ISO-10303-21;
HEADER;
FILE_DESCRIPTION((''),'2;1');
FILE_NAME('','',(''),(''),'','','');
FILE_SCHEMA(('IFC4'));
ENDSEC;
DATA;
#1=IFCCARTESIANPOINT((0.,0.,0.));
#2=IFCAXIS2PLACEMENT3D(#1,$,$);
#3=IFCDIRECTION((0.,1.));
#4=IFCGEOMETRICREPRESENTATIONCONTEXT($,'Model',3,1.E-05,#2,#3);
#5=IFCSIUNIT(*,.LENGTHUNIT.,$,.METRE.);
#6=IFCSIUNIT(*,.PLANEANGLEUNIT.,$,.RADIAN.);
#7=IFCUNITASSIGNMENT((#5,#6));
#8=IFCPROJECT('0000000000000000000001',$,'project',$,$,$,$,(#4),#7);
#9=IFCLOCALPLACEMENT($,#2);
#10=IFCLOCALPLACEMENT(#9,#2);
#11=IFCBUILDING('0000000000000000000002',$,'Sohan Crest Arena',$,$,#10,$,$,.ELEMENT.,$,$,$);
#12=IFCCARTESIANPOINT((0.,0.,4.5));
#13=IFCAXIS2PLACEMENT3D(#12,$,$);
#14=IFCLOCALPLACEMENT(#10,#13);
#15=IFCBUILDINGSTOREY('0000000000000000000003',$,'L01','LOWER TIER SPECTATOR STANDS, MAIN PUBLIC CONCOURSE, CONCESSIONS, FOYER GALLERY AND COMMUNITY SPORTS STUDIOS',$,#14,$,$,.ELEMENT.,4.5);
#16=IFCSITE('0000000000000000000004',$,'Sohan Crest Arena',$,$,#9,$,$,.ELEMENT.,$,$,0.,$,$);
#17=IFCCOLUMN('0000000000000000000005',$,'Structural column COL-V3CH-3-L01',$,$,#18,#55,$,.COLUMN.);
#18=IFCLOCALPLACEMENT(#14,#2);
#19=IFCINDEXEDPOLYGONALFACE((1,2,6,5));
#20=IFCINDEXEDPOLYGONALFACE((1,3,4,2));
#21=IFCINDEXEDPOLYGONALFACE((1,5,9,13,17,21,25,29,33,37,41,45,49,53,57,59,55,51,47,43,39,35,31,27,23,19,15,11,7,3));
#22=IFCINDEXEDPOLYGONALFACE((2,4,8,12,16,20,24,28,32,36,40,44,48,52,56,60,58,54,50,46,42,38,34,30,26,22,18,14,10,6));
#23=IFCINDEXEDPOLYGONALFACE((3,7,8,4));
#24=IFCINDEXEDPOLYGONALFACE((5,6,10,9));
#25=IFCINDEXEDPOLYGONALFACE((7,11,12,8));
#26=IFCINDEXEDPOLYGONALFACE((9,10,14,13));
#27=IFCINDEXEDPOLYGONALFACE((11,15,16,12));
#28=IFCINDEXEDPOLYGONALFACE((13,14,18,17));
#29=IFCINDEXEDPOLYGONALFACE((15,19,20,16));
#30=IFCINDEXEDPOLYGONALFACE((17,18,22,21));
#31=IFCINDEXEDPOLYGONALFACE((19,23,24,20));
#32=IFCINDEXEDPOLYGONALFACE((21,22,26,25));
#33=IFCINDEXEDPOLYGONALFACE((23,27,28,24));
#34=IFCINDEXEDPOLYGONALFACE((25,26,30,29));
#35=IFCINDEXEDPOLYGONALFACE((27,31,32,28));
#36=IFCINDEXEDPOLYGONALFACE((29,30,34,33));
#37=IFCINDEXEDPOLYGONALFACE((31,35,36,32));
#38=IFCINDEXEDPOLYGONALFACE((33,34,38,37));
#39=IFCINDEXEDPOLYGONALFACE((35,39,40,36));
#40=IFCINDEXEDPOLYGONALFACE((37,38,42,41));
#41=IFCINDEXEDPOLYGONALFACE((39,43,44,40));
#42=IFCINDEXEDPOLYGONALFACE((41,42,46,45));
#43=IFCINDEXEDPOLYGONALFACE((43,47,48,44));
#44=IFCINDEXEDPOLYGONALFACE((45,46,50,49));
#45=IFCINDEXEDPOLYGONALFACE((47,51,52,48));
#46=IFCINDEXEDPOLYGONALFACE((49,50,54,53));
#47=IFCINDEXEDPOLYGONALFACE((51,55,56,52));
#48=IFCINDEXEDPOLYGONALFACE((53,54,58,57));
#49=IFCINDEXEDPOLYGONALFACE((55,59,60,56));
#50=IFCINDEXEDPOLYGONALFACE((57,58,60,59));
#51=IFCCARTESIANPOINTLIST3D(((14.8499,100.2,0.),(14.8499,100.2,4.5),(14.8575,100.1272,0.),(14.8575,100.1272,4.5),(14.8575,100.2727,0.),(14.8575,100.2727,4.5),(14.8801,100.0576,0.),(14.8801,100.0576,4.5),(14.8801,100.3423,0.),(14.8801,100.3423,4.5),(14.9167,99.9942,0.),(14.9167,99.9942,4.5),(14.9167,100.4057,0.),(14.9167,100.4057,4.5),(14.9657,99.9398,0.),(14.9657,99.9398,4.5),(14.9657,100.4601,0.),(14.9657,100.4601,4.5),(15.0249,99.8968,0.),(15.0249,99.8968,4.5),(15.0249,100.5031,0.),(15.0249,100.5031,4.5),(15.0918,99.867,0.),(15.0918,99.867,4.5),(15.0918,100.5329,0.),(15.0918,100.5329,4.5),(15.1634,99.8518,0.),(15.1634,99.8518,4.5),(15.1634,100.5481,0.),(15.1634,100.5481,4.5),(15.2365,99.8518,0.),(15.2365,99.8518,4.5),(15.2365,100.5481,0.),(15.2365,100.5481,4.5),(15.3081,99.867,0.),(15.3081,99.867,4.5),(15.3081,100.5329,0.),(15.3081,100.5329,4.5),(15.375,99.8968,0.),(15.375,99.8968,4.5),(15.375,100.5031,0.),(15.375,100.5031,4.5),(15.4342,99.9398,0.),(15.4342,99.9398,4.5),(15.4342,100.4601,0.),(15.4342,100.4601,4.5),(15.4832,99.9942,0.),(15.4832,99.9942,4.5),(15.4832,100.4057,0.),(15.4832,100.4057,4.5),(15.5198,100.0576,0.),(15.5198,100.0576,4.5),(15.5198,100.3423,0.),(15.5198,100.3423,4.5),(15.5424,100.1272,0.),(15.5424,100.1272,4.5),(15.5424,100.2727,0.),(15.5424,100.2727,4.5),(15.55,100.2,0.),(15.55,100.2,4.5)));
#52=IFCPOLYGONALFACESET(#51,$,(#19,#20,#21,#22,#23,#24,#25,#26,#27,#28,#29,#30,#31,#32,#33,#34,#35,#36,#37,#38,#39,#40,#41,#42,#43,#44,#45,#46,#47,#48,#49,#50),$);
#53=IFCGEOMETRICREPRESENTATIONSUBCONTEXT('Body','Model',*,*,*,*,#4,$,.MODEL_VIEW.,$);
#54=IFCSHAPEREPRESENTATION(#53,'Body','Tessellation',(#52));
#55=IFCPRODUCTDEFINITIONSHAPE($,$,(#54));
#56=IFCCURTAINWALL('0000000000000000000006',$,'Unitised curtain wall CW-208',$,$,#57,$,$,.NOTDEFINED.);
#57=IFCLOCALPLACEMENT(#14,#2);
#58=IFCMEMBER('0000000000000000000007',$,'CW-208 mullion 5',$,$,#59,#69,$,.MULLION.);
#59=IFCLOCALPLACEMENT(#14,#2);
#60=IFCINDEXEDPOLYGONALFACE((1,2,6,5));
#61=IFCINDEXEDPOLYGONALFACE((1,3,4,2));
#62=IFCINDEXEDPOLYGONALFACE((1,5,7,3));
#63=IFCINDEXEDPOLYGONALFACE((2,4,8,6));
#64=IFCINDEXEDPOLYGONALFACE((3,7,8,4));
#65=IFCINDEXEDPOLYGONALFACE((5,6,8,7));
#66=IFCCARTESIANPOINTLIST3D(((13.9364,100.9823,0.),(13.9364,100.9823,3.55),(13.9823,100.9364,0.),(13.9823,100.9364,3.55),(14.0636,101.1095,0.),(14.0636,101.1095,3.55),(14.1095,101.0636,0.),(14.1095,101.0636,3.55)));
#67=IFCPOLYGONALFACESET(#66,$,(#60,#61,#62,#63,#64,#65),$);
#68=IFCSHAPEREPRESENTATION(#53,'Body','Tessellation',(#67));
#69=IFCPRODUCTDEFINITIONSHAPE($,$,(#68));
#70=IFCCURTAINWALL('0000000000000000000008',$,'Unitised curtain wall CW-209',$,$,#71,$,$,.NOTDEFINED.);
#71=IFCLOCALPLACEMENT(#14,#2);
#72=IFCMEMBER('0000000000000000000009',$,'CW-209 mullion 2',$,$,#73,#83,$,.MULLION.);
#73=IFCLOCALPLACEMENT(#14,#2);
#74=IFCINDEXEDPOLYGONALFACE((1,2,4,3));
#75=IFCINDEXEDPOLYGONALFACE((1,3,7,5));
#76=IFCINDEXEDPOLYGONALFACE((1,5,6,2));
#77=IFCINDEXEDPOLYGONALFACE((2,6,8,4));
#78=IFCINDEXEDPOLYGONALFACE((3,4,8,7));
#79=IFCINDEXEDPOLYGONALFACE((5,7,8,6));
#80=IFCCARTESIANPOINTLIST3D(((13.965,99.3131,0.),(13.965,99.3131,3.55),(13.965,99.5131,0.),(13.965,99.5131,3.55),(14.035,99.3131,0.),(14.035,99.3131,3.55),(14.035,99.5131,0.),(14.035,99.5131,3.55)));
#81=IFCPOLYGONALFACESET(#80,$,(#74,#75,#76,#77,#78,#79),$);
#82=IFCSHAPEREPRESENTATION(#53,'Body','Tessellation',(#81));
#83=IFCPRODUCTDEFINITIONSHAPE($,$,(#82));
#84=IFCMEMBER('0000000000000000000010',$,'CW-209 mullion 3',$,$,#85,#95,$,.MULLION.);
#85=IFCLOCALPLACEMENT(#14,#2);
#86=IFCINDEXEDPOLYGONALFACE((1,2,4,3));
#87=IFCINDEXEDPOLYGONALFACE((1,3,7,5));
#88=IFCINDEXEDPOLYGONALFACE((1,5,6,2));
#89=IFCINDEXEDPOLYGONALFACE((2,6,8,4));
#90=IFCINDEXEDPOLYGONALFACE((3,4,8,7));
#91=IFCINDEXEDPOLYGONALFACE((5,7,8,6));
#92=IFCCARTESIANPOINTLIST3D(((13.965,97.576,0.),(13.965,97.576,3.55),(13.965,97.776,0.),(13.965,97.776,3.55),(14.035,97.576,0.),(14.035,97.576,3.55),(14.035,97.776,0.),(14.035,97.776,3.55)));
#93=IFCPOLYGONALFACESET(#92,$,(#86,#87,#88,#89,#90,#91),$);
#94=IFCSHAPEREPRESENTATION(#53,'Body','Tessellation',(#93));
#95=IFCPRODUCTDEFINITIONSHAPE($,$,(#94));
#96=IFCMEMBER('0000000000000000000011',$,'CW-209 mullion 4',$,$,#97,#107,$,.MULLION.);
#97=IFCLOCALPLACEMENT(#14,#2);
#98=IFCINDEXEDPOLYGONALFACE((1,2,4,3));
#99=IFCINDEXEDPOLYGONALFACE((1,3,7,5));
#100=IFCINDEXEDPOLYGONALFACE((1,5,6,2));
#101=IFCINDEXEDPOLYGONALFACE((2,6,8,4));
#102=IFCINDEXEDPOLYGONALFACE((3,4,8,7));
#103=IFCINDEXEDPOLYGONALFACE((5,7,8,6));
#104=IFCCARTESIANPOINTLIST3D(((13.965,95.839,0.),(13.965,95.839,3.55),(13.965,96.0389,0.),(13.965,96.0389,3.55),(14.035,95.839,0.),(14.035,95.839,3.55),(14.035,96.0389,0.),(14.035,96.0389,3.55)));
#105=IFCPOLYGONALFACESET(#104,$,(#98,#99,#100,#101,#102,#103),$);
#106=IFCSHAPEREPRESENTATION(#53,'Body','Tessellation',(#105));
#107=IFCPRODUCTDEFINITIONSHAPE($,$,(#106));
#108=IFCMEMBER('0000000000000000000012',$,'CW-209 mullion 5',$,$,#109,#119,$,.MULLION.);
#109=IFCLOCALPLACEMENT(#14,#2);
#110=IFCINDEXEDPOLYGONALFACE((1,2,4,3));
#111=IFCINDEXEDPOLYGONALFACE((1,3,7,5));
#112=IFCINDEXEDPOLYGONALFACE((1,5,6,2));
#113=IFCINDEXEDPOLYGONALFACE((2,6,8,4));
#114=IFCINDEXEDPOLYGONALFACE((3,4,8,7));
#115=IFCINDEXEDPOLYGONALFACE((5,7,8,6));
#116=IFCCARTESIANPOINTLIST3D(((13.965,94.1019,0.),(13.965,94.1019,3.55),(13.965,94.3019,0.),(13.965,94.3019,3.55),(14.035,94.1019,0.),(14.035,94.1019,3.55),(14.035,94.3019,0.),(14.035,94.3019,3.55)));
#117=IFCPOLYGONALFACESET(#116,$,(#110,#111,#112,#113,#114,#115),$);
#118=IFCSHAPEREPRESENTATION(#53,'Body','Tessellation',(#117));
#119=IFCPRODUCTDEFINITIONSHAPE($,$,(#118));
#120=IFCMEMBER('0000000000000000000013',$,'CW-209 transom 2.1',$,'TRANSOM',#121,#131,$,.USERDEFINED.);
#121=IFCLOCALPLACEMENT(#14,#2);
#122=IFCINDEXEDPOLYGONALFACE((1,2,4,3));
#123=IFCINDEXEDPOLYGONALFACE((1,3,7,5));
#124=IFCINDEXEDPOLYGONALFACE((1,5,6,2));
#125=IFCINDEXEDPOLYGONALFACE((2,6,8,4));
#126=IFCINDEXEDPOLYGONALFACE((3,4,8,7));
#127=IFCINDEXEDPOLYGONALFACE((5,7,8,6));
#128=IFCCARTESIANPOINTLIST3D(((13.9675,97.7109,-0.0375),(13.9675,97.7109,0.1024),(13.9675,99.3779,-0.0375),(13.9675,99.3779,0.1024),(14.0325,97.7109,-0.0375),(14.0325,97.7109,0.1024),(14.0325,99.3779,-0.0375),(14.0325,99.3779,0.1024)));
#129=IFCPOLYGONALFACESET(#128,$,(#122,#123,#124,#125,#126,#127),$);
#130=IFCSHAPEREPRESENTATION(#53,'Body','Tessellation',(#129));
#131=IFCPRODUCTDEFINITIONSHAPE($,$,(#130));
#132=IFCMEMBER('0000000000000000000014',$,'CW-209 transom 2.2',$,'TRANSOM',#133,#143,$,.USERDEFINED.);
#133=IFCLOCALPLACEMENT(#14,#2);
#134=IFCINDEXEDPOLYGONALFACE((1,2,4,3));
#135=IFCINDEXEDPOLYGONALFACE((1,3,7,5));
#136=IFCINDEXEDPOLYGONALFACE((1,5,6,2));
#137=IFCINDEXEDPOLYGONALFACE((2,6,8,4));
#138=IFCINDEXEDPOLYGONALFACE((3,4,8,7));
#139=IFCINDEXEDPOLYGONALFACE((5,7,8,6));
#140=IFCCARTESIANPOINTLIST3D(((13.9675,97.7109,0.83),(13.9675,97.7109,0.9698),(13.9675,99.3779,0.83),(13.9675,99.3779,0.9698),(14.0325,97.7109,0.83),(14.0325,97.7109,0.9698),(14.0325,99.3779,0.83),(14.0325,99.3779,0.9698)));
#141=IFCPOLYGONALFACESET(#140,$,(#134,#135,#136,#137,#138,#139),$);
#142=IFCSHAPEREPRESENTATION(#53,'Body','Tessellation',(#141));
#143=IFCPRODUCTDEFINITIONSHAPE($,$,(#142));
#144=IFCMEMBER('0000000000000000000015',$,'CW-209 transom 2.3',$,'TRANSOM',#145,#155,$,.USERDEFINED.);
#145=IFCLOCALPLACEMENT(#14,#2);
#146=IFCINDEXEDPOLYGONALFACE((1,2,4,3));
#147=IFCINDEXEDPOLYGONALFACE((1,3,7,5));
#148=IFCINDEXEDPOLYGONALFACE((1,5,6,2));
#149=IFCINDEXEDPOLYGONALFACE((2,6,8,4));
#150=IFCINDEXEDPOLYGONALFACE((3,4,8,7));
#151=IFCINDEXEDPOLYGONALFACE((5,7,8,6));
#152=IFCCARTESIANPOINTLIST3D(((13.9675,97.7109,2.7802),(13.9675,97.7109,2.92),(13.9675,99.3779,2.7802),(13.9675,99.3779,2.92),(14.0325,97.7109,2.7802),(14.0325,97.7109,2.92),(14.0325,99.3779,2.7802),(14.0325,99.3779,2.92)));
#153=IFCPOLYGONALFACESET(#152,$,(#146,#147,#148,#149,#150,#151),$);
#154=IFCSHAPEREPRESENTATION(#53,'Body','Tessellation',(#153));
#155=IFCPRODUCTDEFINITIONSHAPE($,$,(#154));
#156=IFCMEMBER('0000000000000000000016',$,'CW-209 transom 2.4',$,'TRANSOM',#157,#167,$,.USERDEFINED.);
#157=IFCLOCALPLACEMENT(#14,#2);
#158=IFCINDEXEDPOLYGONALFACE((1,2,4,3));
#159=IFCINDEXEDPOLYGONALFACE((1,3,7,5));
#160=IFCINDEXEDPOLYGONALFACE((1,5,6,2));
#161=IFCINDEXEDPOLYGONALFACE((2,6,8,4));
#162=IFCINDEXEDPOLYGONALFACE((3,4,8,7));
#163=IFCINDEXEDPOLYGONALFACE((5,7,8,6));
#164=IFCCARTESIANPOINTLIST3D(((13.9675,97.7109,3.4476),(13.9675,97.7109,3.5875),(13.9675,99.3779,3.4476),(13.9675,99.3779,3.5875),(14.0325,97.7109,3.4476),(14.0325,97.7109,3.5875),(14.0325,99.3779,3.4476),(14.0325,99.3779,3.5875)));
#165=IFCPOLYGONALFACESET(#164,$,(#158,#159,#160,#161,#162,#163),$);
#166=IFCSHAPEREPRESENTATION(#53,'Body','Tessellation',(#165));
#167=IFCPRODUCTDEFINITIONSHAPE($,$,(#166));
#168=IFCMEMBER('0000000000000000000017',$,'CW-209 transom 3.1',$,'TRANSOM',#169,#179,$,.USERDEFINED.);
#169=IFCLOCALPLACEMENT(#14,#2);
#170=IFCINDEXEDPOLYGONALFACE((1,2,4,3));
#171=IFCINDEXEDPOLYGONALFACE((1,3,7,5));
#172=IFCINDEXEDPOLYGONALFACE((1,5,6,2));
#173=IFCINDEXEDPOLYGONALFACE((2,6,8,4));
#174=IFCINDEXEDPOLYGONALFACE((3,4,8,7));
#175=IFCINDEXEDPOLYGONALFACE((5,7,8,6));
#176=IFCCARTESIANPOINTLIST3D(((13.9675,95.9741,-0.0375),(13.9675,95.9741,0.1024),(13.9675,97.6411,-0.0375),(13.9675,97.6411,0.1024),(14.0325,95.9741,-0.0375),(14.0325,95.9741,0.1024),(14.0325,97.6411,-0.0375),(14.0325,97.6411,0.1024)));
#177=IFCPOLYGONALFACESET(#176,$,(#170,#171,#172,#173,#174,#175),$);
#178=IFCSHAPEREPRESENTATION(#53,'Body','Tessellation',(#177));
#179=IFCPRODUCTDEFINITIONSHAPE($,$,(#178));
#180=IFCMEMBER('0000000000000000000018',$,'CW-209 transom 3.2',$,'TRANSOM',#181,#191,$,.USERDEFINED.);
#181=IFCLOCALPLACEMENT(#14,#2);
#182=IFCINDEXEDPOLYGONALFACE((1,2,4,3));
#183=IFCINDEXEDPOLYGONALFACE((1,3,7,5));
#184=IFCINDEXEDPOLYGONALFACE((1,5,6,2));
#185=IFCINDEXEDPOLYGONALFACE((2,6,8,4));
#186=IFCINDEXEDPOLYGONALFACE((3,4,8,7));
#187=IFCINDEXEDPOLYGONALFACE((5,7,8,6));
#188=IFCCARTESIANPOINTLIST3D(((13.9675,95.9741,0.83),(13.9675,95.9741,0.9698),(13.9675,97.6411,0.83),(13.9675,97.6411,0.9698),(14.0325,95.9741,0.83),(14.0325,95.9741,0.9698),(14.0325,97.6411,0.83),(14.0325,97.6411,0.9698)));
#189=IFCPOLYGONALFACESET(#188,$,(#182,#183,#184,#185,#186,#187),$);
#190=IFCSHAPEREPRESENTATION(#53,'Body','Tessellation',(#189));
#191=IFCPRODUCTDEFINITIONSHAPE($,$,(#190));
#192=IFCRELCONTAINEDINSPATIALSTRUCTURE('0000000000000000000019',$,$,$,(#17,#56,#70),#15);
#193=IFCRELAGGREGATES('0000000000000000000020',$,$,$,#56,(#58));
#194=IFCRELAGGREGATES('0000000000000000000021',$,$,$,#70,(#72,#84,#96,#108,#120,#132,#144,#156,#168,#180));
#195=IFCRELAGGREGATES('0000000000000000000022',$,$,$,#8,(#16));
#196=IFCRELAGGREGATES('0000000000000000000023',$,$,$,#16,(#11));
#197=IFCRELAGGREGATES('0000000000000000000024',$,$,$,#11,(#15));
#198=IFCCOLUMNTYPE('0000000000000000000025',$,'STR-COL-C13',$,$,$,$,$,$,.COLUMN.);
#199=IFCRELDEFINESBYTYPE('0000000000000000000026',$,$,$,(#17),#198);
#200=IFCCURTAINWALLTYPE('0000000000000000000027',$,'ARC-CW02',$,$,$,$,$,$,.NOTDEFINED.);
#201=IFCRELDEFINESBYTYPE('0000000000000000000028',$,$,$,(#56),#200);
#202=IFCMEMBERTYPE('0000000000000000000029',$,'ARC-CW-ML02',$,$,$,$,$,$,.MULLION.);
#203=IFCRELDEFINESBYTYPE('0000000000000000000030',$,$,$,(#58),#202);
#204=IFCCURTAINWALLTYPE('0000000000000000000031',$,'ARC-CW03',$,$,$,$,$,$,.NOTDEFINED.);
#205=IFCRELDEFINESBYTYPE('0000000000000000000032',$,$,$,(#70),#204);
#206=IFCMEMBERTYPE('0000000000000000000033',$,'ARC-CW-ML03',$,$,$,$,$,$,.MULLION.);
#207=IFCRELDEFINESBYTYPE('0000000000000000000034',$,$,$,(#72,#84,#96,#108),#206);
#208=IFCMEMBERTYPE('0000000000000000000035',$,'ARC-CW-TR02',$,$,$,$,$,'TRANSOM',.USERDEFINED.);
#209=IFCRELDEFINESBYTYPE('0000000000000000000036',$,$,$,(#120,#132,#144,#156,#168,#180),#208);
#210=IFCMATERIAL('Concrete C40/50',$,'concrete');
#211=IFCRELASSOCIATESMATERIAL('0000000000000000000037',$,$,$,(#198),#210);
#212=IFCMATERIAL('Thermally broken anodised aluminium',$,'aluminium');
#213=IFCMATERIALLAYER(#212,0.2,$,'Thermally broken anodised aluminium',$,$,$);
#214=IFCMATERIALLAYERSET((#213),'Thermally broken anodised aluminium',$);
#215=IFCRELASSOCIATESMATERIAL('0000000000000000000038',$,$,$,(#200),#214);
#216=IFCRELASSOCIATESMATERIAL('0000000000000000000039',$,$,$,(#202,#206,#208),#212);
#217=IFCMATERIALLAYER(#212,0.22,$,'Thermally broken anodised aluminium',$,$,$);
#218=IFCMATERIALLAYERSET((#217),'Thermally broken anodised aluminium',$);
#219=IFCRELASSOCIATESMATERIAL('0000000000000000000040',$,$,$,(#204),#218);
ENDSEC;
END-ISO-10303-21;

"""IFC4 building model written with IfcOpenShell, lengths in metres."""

from ifc_helpers import new_model, si_unit, direction, frame, origin, origin_2d, place, context, subcontext, project, spatial, rectangle, circle, extrude, material, layer, layer_set, material_profile, profile_set, type_object, element, aggregate, save


model = new_model("IFC4")

# Units and contexts
model_context = context("Model", 3, precision=1e-05, world=origin(), true_north=direction((0.0, 1.0)))
body_context = subcontext(model_context, "Body", "Model", "MODEL_VIEW")
ifc_project = project(units=[si_unit("LENGTHUNIT", "METRE"), si_unit("PLANEANGLEUNIT", "RADIAN")], contexts=[model_context])

# Site, building, storey
site_placement = place(None, origin())
site = spatial("IfcSite", under=ifc_project, at=site_placement, Name="Sohan Crest Arena", CompositionType="ELEMENT", RefElevation=0.0)
building_placement = place(site_placement, origin())
building = spatial("IfcBuilding", under=site, at=building_placement, Name="Sohan Crest Arena", CompositionType="ELEMENT")
storey_placement = place(building_placement, frame((0.0, 0.0, 4.5)))
storey = spatial("IfcBuildingStorey", under=building, at=storey_placement, Name="L01", Description="LOWER TIER SPECTATOR STANDS, MAIN PUBLIC CONCOURSE, CONCESSIONS, FOYER GALLERY AND COMMUNITY SPORTS STUDIOS", CompositionType="ELEMENT", Elevation=4.5)

# Column
ifc_material_1 = material(Name="Concrete C40/50", Category="concrete")
ifc_material_profile_1 = material_profile(ifc_material_1, circle(Radius=0.3501, at=origin_2d()), Name="RC D700")
ifc_profile_set_1 = profile_set([ifc_material_profile_1], Name="Concrete C40/50")
column_type = type_object("IfcColumnType", Name="STR-COL-C13", PredefinedType="COLUMN", material=ifc_profile_set_1)
column_placement = place(storey_placement, frame((15.2, 100.2, 0.0), z_axis=(0.0, 0.0, 1.0), x_axis=(1.0, 0.0, 0.0)))
element("IfcColumn", 1, at=column_placement, inside=storey, type_object=column_type, Name="Structural column COL-V3CH-3-L01", PredefinedType="COLUMN", context=body_context, shape_type="SweptSolid", body=[
    extrude(circle(Radius=0.3501, at=origin_2d()), origin(), (0.0, 0.0, 1.0), 4.5),
])

# Curtain wall, member
ifc_material_2 = material(Name="Thermally broken anodised aluminium", Category="aluminium")
ifc_layer_1 = layer(ifc_material_2, 0.2, Name="Thermally broken anodised aluminium")
ifc_layer_set_1 = layer_set([ifc_layer_1], Name="Thermally broken anodised aluminium")
curtain_wall_type_1 = type_object("IfcCurtainWallType", Name="ARC-CW02", PredefinedType="NOTDEFINED", material=ifc_layer_set_1)
curtain_wall_1_placement = place(storey_placement, origin())
curtain_wall_1 = element("IfcCurtainWall", 2, at=curtain_wall_1_placement, inside=storey, type_object=curtain_wall_type_1, Name="Unitised curtain wall CW-208", PredefinedType="NOTDEFINED")
ifc_material_profile_2 = material_profile(ifc_material_2, rectangle(XDim=0.0649, YDim=0.1799, at=origin_2d()), Name="ALU-MULL 65x180")
ifc_profile_set_2 = profile_set([ifc_material_profile_2], Name="Thermally broken anodised aluminium")
member_type_1 = type_object("IfcMemberType", Name="ARC-CW-ML02", PredefinedType="MULLION", material=ifc_profile_set_2)
member_1_placement = place(storey_placement, frame((14.0229, 101.0229, 0.0), z_axis=(0.0, 0.0, 1.0), x_axis=(0.707107, -0.707107, 0.0)))
member_1 = element("IfcMember", 3, at=member_1_placement, type_object=member_type_1, Name="CW-208 mullion 5", PredefinedType="MULLION", context=body_context, shape_type="SweptSolid", body=[
    extrude(rectangle(XDim=0.0649, YDim=0.1799, at=origin_2d()), origin(), (0.0, 0.0, 1.0), 3.55),
])
aggregate(curtain_wall_1, [member_1])

# Curtain wall, members
ifc_layer_2 = layer(ifc_material_2, 0.22, Name="Thermally broken anodised aluminium")
ifc_layer_set_2 = layer_set([ifc_layer_2], Name="Thermally broken anodised aluminium")
curtain_wall_type_2 = type_object("IfcCurtainWallType", Name="ARC-CW03", PredefinedType="NOTDEFINED", material=ifc_layer_set_2)
curtain_wall_2_placement = place(storey_placement, origin())
curtain_wall_2 = element("IfcCurtainWall", 4, at=curtain_wall_2_placement, inside=storey, type_object=curtain_wall_type_2, Name="Unitised curtain wall CW-209", PredefinedType="NOTDEFINED")
ifc_material_profile_3 = material_profile(ifc_material_2, rectangle(XDim=0.0701, YDim=0.2, at=origin_2d()), Name="ALU-MULL 70x200")
ifc_profile_set_3 = profile_set([ifc_material_profile_3], Name="Thermally broken anodised aluminium")
member_type_2 = type_object("IfcMemberType", Name="ARC-CW-ML03", PredefinedType="MULLION", material=ifc_profile_set_3)
member_2_placement = place(storey_placement, frame((14.0, 99.4131, 0.0), z_axis=(0.0, 0.0, 1.0), x_axis=(1.0, 0.0, 0.0)))
member_2 = element("IfcMember", 5, at=member_2_placement, type_object=member_type_2, Name="CW-209 mullion 2", PredefinedType="MULLION", context=body_context, shape_type="SweptSolid", body=[
    extrude(rectangle(XDim=0.0701, YDim=0.2, at=origin_2d()), origin(), (0.0, 0.0, 1.0), 3.55),
])
member_3_placement = place(storey_placement, frame((14.0, 97.676, 0.0), z_axis=(0.0, 0.0, 1.0), x_axis=(1.0, 0.0, 0.0)))
member_3 = element("IfcMember", 6, at=member_3_placement, type_object=member_type_2, Name="CW-209 mullion 3", PredefinedType="MULLION", context=body_context, shape_type="SweptSolid", body=[
    extrude(rectangle(XDim=0.0701, YDim=0.2, at=origin_2d()), origin(), (0.0, 0.0, 1.0), 3.55),
])
member_4_placement = place(storey_placement, frame((14.0, 95.939, 0.0), z_axis=(0.0, 0.0, 1.0), x_axis=(1.0, 0.0, 0.0)))
member_4 = element("IfcMember", 7, at=member_4_placement, type_object=member_type_2, Name="CW-209 mullion 4", PredefinedType="MULLION", context=body_context, shape_type="SweptSolid", body=[
    extrude(rectangle(XDim=0.0701, YDim=0.2, at=origin_2d()), origin(), (0.0, 0.0, 1.0), 3.55),
])
member_5_placement = place(storey_placement, frame((14.0, 94.2019, 0.0), z_axis=(0.0, 0.0, 1.0), x_axis=(1.0, 0.0, 0.0)))
member_5 = element("IfcMember", 8, at=member_5_placement, type_object=member_type_2, Name="CW-209 mullion 5", PredefinedType="MULLION", context=body_context, shape_type="SweptSolid", body=[
    extrude(rectangle(XDim=0.0701, YDim=0.2, at=origin_2d()), origin(), (0.0, 0.0, 1.0), 3.55),
])
ifc_material_profile_4 = material_profile(ifc_material_2, rectangle(XDim=0.0649, YDim=0.1399, at=origin_2d()), Name="ALU-TRAN 65x140")
ifc_profile_set_4 = profile_set([ifc_material_profile_4], Name="Thermally broken anodised aluminium")
member_type_3 = type_object("IfcMemberType", Name="ARC-CW-TR02", ElementType="TRANSOM", PredefinedType="USERDEFINED", material=ifc_profile_set_4)
member_6_placement = place(storey_placement, frame((14.0, 99.3779, 0.0325), z_axis=(0.0, -1.0, 0.0), x_axis=(1.0, 0.0, 0.0)))
member_6 = element("IfcMember", 9, at=member_6_placement, type_object=member_type_3, Name="CW-209 transom 2.1", ObjectType="TRANSOM", PredefinedType="USERDEFINED", context=body_context, shape_type="SweptSolid", body=[
    extrude(rectangle(XDim=0.0649, YDim=0.1399, at=origin_2d()), origin(), (0.0, 0.0, 1.0), 1.667),
])
member_7_placement = place(storey_placement, frame((14.0, 99.3779, 0.8999), z_axis=(0.0, -1.0, 0.0), x_axis=(1.0, 0.0, 0.0)))
member_7 = element("IfcMember", 10, at=member_7_placement, type_object=member_type_3, Name="CW-209 transom 2.2", ObjectType="TRANSOM", PredefinedType="USERDEFINED", context=body_context, shape_type="SweptSolid", body=[
    extrude(rectangle(XDim=0.0649, YDim=0.1399, at=origin_2d()), origin(), (0.0, 0.0, 1.0), 1.667),
])
member_8_placement = place(storey_placement, frame((14.0, 99.3779, 2.8501), z_axis=(0.0, -1.0, 0.0), x_axis=(1.0, 0.0, 0.0)))
member_8 = element("IfcMember", 11, at=member_8_placement, type_object=member_type_3, Name="CW-209 transom 2.3", ObjectType="TRANSOM", PredefinedType="USERDEFINED", context=body_context, shape_type="SweptSolid", body=[
    extrude(rectangle(XDim=0.0649, YDim=0.1399, at=origin_2d()), origin(), (0.0, 0.0, 1.0), 1.667),
])
member_9_placement = place(storey_placement, frame((14.0, 99.3779, 3.5176), z_axis=(0.0, -1.0, 0.0), x_axis=(1.0, 0.0, 0.0)))
member_9 = element("IfcMember", 12, at=member_9_placement, type_object=member_type_3, Name="CW-209 transom 2.4", ObjectType="TRANSOM", PredefinedType="USERDEFINED", context=body_context, shape_type="SweptSolid", body=[
    extrude(rectangle(XDim=0.0649, YDim=0.1399, at=origin_2d()), origin(), (0.0, 0.0, 1.0), 1.667),
])
member_10_placement = place(storey_placement, frame((14.0, 97.6411, 0.0325), z_axis=(0.0, -1.0, 0.0), x_axis=(1.0, 0.0, 0.0)))
member_10 = element("IfcMember", 13, at=member_10_placement, type_object=member_type_3, Name="CW-209 transom 3.1", ObjectType="TRANSOM", PredefinedType="USERDEFINED", context=body_context, shape_type="SweptSolid", body=[
    extrude(rectangle(XDim=0.0649, YDim=0.1399, at=origin_2d()), origin(), (0.0, 0.0, 1.0), 1.667),
])
member_11_placement = place(storey_placement, frame((14.0, 97.6411, 0.8999), z_axis=(0.0, -1.0, 0.0), x_axis=(1.0, 0.0, 0.0)))
member_11 = element("IfcMember", 14, at=member_11_placement, type_object=member_type_3, Name="CW-209 transom 3.2", ObjectType="TRANSOM", PredefinedType="USERDEFINED", context=body_context, shape_type="SweptSolid", body=[
    extrude(rectangle(XDim=0.0649, YDim=0.1399, at=origin_2d()), origin(), (0.0, 0.0, 1.0), 1.667),
])

aggregate(curtain_wall_2, [member_2, member_3, member_4, member_5, member_6, member_7, member_8, member_9, member_10, member_11])

save(model, "model.ifc")
